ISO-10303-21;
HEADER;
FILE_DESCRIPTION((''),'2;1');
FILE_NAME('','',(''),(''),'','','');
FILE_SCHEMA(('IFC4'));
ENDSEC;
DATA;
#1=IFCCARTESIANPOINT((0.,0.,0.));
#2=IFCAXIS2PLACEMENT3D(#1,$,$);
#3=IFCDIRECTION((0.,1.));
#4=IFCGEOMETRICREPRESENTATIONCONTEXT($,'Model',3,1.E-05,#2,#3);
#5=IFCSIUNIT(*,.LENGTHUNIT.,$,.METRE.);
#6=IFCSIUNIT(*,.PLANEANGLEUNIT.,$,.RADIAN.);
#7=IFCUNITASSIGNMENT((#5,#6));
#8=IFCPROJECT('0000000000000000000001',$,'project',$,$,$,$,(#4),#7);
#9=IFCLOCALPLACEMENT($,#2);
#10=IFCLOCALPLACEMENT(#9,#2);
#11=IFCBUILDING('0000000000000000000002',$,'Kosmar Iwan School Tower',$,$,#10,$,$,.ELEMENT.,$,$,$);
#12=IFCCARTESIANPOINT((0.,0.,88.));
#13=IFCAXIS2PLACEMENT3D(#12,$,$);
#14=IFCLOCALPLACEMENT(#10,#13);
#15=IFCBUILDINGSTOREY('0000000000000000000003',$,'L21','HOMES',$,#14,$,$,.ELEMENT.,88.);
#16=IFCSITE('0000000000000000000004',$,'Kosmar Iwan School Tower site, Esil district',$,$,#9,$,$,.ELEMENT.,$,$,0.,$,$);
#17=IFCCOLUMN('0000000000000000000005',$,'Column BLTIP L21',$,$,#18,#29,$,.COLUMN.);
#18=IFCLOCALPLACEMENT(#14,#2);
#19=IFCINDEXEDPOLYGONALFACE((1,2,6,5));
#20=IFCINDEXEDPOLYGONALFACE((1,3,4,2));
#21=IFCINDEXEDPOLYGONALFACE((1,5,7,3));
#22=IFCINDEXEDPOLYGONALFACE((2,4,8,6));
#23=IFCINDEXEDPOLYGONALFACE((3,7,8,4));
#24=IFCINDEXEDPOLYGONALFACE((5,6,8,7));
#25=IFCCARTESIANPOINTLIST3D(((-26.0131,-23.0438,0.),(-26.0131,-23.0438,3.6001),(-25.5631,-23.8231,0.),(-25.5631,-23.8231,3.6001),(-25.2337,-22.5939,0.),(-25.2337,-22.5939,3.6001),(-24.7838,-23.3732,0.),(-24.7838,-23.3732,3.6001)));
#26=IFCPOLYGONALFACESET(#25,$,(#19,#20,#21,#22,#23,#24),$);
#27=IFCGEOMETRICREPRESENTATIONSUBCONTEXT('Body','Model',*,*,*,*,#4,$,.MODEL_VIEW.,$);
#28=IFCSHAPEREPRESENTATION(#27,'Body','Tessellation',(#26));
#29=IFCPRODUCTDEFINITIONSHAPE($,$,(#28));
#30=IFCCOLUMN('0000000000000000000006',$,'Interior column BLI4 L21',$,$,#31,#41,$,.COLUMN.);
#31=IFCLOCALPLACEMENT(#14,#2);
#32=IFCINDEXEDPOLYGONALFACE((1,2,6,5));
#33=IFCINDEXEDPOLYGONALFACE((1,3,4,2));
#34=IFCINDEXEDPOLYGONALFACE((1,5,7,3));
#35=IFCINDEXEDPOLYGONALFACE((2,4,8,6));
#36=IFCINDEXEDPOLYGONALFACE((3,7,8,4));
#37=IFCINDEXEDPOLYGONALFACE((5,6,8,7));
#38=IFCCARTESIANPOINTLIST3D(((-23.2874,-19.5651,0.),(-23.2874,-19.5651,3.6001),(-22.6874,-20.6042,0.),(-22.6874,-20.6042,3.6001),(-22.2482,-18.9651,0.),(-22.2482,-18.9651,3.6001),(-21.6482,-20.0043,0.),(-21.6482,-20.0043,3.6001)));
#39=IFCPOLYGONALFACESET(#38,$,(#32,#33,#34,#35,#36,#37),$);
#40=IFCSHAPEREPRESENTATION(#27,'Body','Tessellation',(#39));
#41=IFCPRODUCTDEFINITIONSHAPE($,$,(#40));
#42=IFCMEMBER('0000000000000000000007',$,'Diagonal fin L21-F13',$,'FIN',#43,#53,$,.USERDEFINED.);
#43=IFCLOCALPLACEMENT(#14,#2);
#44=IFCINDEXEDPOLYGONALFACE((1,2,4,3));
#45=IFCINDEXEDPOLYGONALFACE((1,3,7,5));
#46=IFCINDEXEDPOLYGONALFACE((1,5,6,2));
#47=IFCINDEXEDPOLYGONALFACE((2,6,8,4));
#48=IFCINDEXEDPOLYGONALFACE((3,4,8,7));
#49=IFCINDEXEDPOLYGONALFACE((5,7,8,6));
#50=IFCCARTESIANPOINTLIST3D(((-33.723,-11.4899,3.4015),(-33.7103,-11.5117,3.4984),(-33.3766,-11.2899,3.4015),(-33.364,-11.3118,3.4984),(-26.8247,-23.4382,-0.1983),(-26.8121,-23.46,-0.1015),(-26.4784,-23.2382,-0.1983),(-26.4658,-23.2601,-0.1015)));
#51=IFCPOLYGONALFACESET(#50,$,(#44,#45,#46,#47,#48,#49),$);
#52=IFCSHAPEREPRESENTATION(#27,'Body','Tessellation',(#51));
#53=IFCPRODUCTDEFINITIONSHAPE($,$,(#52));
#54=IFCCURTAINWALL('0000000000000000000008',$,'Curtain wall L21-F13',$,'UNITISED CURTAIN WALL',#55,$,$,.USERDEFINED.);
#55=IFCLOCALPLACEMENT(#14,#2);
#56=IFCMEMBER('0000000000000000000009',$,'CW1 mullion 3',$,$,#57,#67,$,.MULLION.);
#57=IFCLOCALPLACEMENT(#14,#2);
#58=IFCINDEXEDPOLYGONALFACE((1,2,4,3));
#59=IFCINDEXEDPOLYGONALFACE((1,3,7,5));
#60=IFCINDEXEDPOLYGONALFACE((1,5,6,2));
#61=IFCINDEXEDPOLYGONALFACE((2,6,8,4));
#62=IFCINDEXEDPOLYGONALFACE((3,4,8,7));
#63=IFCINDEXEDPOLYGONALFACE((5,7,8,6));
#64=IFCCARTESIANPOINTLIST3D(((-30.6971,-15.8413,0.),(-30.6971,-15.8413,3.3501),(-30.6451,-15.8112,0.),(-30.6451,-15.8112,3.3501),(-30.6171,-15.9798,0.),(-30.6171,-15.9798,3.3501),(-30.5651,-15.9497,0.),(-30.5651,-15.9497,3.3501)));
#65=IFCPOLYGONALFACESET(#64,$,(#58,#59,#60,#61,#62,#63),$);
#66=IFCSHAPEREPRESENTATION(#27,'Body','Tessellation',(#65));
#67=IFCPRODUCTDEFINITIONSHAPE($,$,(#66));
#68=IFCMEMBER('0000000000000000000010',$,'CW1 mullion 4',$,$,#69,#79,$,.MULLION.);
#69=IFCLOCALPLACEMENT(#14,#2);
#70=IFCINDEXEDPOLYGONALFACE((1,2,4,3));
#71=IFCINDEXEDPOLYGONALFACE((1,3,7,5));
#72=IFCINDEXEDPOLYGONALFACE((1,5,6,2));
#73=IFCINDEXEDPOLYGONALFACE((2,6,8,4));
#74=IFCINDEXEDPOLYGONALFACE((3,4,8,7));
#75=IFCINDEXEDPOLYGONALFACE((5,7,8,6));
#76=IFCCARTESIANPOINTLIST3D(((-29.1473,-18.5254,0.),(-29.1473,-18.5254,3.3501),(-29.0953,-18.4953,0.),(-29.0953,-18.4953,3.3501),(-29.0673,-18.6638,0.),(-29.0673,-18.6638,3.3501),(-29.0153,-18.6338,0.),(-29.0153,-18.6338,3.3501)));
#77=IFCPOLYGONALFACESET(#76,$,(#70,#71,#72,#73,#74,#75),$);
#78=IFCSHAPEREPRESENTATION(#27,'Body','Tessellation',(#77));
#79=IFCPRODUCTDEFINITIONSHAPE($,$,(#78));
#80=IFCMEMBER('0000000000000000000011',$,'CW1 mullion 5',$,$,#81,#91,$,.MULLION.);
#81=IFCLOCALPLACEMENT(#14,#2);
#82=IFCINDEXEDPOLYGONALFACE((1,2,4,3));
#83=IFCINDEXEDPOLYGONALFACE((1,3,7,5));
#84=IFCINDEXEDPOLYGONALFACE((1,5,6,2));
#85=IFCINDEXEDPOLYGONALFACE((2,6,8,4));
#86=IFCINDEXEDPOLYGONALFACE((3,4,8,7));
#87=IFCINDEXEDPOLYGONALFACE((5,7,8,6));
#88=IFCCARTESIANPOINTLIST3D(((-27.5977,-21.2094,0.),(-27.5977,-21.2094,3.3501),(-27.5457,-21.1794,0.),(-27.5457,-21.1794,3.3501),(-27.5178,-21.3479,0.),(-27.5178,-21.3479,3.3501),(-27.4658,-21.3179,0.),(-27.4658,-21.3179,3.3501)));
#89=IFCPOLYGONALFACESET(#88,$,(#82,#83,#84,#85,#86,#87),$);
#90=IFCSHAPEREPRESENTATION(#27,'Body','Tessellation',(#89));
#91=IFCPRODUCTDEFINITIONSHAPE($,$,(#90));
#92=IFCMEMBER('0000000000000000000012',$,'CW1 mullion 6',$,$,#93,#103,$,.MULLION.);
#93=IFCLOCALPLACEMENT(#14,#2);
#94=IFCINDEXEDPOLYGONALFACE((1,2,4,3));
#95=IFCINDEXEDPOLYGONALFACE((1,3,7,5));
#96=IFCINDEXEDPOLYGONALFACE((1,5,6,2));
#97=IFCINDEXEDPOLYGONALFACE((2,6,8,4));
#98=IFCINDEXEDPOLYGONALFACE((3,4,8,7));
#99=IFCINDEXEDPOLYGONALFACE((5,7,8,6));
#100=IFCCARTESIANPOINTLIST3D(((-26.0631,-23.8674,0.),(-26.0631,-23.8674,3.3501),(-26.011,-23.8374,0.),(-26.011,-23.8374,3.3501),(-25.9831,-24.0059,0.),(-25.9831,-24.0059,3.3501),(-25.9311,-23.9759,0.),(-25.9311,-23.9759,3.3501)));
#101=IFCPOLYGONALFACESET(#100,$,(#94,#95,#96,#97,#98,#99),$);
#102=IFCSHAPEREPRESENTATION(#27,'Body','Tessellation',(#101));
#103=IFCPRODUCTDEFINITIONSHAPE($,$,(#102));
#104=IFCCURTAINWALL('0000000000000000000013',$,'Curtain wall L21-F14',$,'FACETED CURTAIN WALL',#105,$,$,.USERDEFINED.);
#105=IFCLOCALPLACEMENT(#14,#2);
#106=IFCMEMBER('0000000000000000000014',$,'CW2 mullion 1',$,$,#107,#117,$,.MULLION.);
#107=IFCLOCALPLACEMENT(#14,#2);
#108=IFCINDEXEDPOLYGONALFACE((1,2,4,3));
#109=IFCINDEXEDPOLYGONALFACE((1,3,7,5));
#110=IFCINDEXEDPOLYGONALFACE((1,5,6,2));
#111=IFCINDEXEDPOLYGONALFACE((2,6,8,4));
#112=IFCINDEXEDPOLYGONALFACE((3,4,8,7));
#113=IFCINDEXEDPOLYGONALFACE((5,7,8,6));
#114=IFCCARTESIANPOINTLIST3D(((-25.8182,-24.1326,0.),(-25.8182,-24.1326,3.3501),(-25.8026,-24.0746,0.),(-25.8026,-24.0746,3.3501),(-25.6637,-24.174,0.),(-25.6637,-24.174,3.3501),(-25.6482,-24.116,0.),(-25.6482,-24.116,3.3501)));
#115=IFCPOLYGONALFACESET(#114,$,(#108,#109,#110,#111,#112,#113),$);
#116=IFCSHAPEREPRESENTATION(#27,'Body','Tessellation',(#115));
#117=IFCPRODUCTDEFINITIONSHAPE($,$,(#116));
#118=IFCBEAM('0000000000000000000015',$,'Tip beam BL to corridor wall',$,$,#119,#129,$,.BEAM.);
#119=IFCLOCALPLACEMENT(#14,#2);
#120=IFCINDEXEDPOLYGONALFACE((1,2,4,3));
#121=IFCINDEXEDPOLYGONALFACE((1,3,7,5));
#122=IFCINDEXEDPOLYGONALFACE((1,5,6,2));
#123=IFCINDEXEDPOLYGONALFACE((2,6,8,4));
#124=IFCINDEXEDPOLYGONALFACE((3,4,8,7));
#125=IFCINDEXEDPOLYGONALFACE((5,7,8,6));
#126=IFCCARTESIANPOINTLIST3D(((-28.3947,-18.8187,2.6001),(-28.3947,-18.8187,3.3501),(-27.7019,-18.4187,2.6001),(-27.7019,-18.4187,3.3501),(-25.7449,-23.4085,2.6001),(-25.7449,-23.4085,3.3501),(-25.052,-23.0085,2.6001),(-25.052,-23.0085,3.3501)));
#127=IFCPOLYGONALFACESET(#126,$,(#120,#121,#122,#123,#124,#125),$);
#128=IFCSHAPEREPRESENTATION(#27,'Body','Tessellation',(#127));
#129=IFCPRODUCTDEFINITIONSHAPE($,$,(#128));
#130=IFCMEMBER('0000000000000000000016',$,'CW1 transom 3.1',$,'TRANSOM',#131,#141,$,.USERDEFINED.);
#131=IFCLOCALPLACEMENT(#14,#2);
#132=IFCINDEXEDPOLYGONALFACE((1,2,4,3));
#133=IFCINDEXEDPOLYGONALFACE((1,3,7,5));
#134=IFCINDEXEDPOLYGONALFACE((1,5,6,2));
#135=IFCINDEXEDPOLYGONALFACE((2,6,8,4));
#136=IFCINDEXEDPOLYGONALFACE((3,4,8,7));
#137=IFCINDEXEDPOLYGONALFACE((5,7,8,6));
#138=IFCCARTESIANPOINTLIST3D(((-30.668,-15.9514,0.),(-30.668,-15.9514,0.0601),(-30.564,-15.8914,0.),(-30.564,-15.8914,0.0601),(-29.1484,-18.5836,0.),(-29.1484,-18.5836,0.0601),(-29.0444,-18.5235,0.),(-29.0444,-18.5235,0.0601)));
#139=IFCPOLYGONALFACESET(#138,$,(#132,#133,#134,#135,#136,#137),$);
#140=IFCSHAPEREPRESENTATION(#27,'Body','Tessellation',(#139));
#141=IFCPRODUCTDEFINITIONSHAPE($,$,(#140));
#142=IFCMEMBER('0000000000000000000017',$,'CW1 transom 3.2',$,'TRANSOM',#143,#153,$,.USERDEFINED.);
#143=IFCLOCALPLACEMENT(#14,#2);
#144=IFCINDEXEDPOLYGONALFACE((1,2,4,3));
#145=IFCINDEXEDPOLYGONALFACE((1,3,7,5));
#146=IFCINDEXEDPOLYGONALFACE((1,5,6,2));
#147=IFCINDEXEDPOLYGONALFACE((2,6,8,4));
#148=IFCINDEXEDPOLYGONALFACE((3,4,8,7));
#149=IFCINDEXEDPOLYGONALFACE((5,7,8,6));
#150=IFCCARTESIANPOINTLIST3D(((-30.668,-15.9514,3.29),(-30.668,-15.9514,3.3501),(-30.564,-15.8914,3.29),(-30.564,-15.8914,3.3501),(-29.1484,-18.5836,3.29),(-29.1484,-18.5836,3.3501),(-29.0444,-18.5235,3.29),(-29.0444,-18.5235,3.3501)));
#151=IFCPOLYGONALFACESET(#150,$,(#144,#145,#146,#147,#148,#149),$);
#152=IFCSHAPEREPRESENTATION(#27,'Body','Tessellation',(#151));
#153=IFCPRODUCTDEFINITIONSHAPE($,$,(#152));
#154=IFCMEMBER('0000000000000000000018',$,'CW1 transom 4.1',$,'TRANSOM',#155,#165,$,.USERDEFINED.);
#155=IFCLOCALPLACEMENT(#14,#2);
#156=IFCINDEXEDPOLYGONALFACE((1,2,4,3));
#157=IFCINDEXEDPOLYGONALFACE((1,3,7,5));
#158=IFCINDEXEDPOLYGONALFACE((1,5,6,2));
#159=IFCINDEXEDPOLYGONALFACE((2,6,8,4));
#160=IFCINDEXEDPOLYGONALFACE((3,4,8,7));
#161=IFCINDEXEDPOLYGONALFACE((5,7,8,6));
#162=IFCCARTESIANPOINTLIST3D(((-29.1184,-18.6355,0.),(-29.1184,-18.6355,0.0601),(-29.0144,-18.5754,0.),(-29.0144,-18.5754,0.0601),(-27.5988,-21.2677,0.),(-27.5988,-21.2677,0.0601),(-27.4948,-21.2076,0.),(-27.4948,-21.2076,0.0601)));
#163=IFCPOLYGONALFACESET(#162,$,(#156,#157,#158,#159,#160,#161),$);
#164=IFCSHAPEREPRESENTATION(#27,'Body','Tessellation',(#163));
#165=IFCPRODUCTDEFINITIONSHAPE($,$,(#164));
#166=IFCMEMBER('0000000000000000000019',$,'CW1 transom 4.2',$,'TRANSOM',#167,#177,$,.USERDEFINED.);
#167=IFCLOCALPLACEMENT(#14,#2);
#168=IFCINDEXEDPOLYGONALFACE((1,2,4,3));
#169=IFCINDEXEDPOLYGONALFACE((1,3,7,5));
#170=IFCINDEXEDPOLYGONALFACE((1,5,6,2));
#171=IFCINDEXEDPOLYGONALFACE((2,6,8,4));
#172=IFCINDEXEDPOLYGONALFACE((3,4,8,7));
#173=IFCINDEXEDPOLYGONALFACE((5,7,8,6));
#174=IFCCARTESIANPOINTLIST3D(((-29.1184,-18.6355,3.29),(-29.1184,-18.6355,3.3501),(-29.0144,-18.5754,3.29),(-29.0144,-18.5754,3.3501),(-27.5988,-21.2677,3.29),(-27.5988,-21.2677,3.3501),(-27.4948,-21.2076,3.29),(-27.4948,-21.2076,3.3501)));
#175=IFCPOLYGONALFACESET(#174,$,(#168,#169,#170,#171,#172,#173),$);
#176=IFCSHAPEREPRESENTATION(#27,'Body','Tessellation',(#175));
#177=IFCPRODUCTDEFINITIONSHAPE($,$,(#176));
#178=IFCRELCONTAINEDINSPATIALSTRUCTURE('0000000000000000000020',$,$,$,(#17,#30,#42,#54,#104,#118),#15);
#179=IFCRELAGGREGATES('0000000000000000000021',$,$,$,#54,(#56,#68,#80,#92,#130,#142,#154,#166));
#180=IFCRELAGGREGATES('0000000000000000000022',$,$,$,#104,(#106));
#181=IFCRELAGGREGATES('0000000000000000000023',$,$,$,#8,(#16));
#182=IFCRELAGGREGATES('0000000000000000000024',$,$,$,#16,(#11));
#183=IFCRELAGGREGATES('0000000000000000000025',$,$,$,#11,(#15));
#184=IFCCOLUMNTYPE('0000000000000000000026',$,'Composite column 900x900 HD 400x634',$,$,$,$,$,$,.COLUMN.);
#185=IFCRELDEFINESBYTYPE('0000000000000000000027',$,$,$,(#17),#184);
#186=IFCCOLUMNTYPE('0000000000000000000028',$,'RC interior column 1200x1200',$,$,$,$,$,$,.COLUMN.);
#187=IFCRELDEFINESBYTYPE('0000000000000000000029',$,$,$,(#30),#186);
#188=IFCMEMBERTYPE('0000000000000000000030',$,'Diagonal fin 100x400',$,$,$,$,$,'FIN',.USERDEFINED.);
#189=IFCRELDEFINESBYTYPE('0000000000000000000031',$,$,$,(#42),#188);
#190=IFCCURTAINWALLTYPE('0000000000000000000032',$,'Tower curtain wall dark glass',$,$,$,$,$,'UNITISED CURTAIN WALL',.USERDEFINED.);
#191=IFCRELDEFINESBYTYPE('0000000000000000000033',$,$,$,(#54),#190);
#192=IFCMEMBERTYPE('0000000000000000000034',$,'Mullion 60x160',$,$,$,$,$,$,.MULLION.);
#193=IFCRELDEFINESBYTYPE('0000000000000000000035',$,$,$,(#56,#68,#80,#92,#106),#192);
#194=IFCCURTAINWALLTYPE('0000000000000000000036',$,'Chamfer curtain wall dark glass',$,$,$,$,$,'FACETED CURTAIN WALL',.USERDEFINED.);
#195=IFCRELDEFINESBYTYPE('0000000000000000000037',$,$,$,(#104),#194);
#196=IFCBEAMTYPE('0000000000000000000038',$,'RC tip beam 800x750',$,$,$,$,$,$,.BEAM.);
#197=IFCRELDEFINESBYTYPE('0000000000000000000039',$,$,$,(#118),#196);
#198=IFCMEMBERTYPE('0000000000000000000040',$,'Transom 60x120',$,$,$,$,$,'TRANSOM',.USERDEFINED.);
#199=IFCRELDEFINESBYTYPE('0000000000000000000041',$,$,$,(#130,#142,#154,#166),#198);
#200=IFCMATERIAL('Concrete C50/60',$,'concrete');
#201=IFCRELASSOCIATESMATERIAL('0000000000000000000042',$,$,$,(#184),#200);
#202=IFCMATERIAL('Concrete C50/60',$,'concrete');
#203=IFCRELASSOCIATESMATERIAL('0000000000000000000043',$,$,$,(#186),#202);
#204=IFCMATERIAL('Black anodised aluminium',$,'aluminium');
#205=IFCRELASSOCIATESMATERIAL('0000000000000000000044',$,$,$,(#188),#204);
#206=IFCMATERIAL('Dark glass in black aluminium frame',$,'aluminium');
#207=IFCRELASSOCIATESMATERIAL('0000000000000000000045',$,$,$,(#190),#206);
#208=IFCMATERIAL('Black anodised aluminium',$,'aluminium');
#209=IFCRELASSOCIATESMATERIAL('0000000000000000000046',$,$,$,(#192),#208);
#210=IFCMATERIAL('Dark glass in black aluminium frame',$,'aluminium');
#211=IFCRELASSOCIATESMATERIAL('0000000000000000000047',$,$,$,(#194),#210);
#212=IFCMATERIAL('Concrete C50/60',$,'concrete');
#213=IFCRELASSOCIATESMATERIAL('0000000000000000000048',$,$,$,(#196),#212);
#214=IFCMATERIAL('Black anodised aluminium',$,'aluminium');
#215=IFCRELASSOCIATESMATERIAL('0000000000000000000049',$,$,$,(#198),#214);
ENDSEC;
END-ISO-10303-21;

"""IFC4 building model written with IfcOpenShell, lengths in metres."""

from ifc_helpers import new_model, si_unit, direction, frame, origin, origin_2d, place, context, subcontext, project, spatial, rectangle, extrude, material, material_profile, profile_set, type_object, element, aggregate, save


model = new_model("IFC4")

# Units and contexts
model_context = context("Model", 3, precision=1e-05, world=origin(), true_north=direction((0.0, 1.0)))
body_context = subcontext(model_context, "Body", "Model", "MODEL_VIEW")
ifc_project = project(units=[si_unit("LENGTHUNIT", "METRE"), si_unit("PLANEANGLEUNIT", "RADIAN")], contexts=[model_context])

# Site, building, storey
site_placement = place(None, origin())
site = spatial("IfcSite", under=ifc_project, at=site_placement, Name="Kosmar Iwan School Tower site, Esil district", CompositionType="ELEMENT", RefElevation=0.0)
building_placement = place(site_placement, origin())
building = spatial("IfcBuilding", under=site, at=building_placement, Name="Kosmar Iwan School Tower", CompositionType="ELEMENT")
storey_placement = place(building_placement, frame((0.0, 0.0, 88.0)))
storey = spatial("IfcBuildingStorey", under=building, at=storey_placement, Name="L21", Description="HOMES", CompositionType="ELEMENT", Elevation=88.0)

# Columns
ifc_material_1 = material(Name="Concrete C50/60", Category="concrete")
ifc_material_profile_1 = material_profile(ifc_material_1, rectangle(XDim=0.8999, YDim=0.8999, at=origin_2d()), Name="RC 900x900 + HD 400x634")
ifc_profile_set_1 = profile_set([ifc_material_profile_1], Name="Concrete C50/60")
column_type_1 = type_object("IfcColumnType", Name="Composite column 900x900 HD 400x634", PredefinedType="COLUMN", material=ifc_profile_set_1)
column_1_placement = place(storey_placement, frame((-25.3984, -23.2085, 0.0), z_axis=(0.0, 0.0, 1.0), x_axis=(-0.866025, -0.5, 0.0)))
element("IfcColumn", 1, at=column_1_placement, inside=storey, type_object=column_type_1, Name="Column BLTIP L21", PredefinedType="COLUMN", context=body_context, shape_type="SweptSolid", body=[
    extrude(rectangle(XDim=0.8999, YDim=0.8999, at=origin_2d()), origin(), (0.0, 0.0, 1.0), 3.6001),
])
ifc_material_2 = material(Name="Concrete C50/60", Category="concrete")
ifc_material_profile_2 = material_profile(ifc_material_2, rectangle(XDim=1.2, YDim=1.2, at=origin_2d()), Name="RC 1200x1200")
ifc_profile_set_2 = profile_set([ifc_material_profile_2], Name="Concrete C50/60")
column_type_2 = type_object("IfcColumnType", Name="RC interior column 1200x1200", PredefinedType="COLUMN", material=ifc_profile_set_2)
column_2_placement = place(storey_placement, frame((-22.4678, -19.7847, 0.0), z_axis=(0.0, 0.0, 1.0), x_axis=(-0.866025, -0.5, 0.0)))
element("IfcColumn", 2, at=column_2_placement, inside=storey, type_object=column_type_2, Name="Interior column BLI4 L21", PredefinedType="COLUMN", context=body_context, shape_type="SweptSolid", body=[
    extrude(rectangle(XDim=1.2, YDim=1.2, at=origin_2d()), origin(), (0.0, 0.0, 1.0), 3.6001),
])

# Member
ifc_material_3 = material(Name="Black anodised aluminium", Category="aluminium")
ifc_material_profile_3 = material_profile(ifc_material_3, rectangle(XDim=0.1001, YDim=0.3999, at=origin_2d()), Name="FIN 100x400")
ifc_profile_set_3 = profile_set([ifc_material_profile_3], Name="Black anodised aluminium")
member_type_1 = type_object("IfcMemberType", Name="Diagonal fin 100x400", ElementType="FIN", PredefinedType="USERDEFINED", material=ifc_profile_set_3)
member_1_placement = place(storey_placement, frame((-26.6453, -23.3491, -0.1499), z_axis=(-0.483796, 0.837974, 0.252471), x_axis=(0.126234, -0.218647, 0.967604)))
element("IfcMember", 3, at=member_1_placement, inside=storey, type_object=member_type_1, Name="Diagonal fin L21-F13", ObjectType="FIN", PredefinedType="USERDEFINED", context=body_context, shape_type="SweptSolid", body=[
    extrude(rectangle(XDim=0.1001, YDim=0.3999, at=origin_2d()), origin(), (0.0, 0.0, 1.0), 14.2585),
])

# Curtain wall, members
ifc_material_4 = material(Name="Dark glass in black aluminium frame", Category="aluminium")
curtain_wall_type_1 = type_object("IfcCurtainWallType", Name="Tower curtain wall dark glass", ElementType="UNITISED CURTAIN WALL", PredefinedType="USERDEFINED", material=ifc_material_4)
curtain_wall_1_placement = place(storey_placement, origin())
curtain_wall_1 = element("IfcCurtainWall", 4, at=curtain_wall_1_placement, inside=storey, type_object=curtain_wall_type_1, Name="Curtain wall L21-F13", ObjectType="UNITISED CURTAIN WALL", PredefinedType="USERDEFINED")
ifc_material_5 = material(Name="Black anodised aluminium", Category="aluminium")
ifc_material_profile_4 = material_profile(ifc_material_5, rectangle(XDim=0.0601, YDim=0.1599, at=origin_2d()), Name="MULLION 60x160")
ifc_profile_set_4 = profile_set([ifc_material_profile_4], Name="Black anodised aluminium")
member_type_2 = type_object("IfcMemberType", Name="Mullion 60x160", PredefinedType="MULLION", material=ifc_profile_set_4)
member_2_placement = place(storey_placement, frame((-30.6311, -15.8955, 0.0), z_axis=(0.0, 0.0, 1.0), x_axis=(0.866025, 0.5, 0.0)))
member_2 = element("IfcMember", 5, at=member_2_placement, type_object=member_type_2, Name="CW1 mullion 3", PredefinedType="MULLION", context=body_context, shape_type="SweptSolid", body=[
    extrude(rectangle(XDim=0.0601, YDim=0.1599, at=origin_2d()), origin(), (0.0, 0.0, 1.0), 3.3501),
])
member_3_placement = place(storey_placement, frame((-29.0813, -18.5796, 0.0), z_axis=(0.0, 0.0, 1.0), x_axis=(0.866025, 0.5, 0.0)))
member_3 = element("IfcMember", 6, at=member_3_placement, type_object=member_type_2, Name="CW1 mullion 4", PredefinedType="MULLION", context=body_context, shape_type="SweptSolid", body=[
    extrude(rectangle(XDim=0.0601, YDim=0.1599, at=origin_2d()), origin(), (0.0, 0.0, 1.0), 3.3501),
])
member_4_placement = place(storey_placement, frame((-27.5317, -21.2637, 0.0), z_axis=(0.0, 0.0, 1.0), x_axis=(0.866025, 0.5, 0.0)))
member_4 = element("IfcMember", 7, at=member_4_placement, type_object=member_type_2, Name="CW1 mullion 5", PredefinedType="MULLION", context=body_context, shape_type="SweptSolid", body=[
    extrude(rectangle(XDim=0.0601, YDim=0.1599, at=origin_2d()), origin(), (0.0, 0.0, 1.0), 3.3501),
])
member_5_placement = place(storey_placement, frame((-25.9971, -23.9216, 0.0), z_axis=(0.0, 0.0, 1.0), x_axis=(0.866025, 0.5, 0.0)))
member_5 = element("IfcMember", 8, at=member_5_placement, type_object=member_type_2, Name="CW1 mullion 6", PredefinedType="MULLION", context=body_context, shape_type="SweptSolid", body=[
    extrude(rectangle(XDim=0.0601, YDim=0.1599, at=origin_2d()), origin(), (0.0, 0.0, 1.0), 3.3501),
])

# Curtain wall, member
ifc_material_6 = material(Name="Dark glass in black aluminium frame", Category="aluminium")
curtain_wall_type_2 = type_object("IfcCurtainWallType", Name="Chamfer curtain wall dark glass", ElementType="FACETED CURTAIN WALL", PredefinedType="USERDEFINED", material=ifc_material_6)
curtain_wall_2_placement = place(storey_placement, origin())
curtain_wall_2 = element("IfcCurtainWall", 9, at=curtain_wall_2_placement, inside=storey, type_object=curtain_wall_type_2, Name="Curtain wall L21-F14", ObjectType="FACETED CURTAIN WALL", PredefinedType="USERDEFINED")
member_6_placement = place(storey_placement, frame((-25.7332, -24.1243, 0.0), z_axis=(0.0, 0.0, 1.0), x_axis=(0.258819, 0.965926, 0.0)))
member_6 = element("IfcMember", 10, at=member_6_placement, type_object=member_type_2, Name="CW2 mullion 1", PredefinedType="MULLION", context=body_context, shape_type="SweptSolid", body=[
    extrude(rectangle(XDim=0.0601, YDim=0.1599, at=origin_2d()), origin(), (0.0, 0.0, 1.0), 3.3501),
])

# Beam
ifc_material_7 = material(Name="Concrete C50/60", Category="concrete")
ifc_material_profile_5 = material_profile(ifc_material_7, rectangle(XDim=0.8, YDim=0.75, at=origin_2d()), Name="RC 800x750")
ifc_profile_set_5 = profile_set([ifc_material_profile_5], Name="Concrete C50/60")
beam_type = type_object("IfcBeamType", Name="RC tip beam 800x750", PredefinedType="BEAM", material=ifc_profile_set_5)
beam_placement = place(storey_placement, frame((-25.3984, -23.2085, 2.9751), z_axis=(-0.499994, 0.866029, 0.0), x_axis=(-0.866029, -0.499994, 0.0)))
element("IfcBeam", 11, at=beam_placement, inside=storey, type_object=beam_type, Name="Tip beam BL to corridor wall", PredefinedType="BEAM", context=body_context, shape_type="SweptSolid", body=[
    extrude(rectangle(XDim=0.8, YDim=0.75, at=origin_2d()), origin(), (0.0, 0.0, 1.0), 5.2998),
])

# Members
ifc_material_8 = material(Name="Black anodised aluminium", Category="aluminium")
ifc_material_profile_6 = material_profile(ifc_material_8, rectangle(XDim=0.1201, YDim=0.0601, at=origin_2d()), Name="TRANSOM 60x120")
ifc_profile_set_6 = profile_set([ifc_material_profile_6], Name="Black anodised aluminium")
member_type_3 = type_object("IfcMemberType", Name="Transom 60x120", ElementType="TRANSOM", PredefinedType="USERDEFINED", material=ifc_profile_set_6)
member_7_placement = place(storey_placement, frame((-30.616, -15.9214, 0.03), z_axis=(0.499975, -0.86604, 0.0), x_axis=(0.86604, 0.499975, 0.0)))
member_7 = element("IfcMember", 12, at=member_7_placement, type_object=member_type_3, Name="CW1 transom 3.1", ObjectType="TRANSOM", PredefinedType="USERDEFINED", context=body_context, shape_type="SweptSolid", body=[
    extrude(rectangle(XDim=0.1201, YDim=0.0601, at=origin_2d()), origin(), (0.0, 0.0, 1.0), 3.0393),
])
member_8_placement = place(storey_placement, frame((-30.616, -15.9214, 3.3201), z_axis=(0.499975, -0.86604, 0.0), x_axis=(0.86604, 0.499975, 0.0)))
member_8 = element("IfcMember", 13, at=member_8_placement, type_object=member_type_3, Name="CW1 transom 3.2", ObjectType="TRANSOM", PredefinedType="USERDEFINED", context=body_context, shape_type="SweptSolid", body=[
    extrude(rectangle(XDim=0.1201, YDim=0.0601, at=origin_2d()), origin(), (0.0, 0.0, 1.0), 3.0393),
])
member_9_placement = place(storey_placement, frame((-29.0664, -18.6055, 0.03), z_axis=(0.499975, -0.86604, 0.0), x_axis=(0.86604, 0.499975, 0.0)))
member_9 = element("IfcMember", 14, at=member_9_placement, type_object=member_type_3, Name="CW1 transom 4.1", ObjectType="TRANSOM", PredefinedType="USERDEFINED", context=body_context, shape_type="SweptSolid", body=[
    extrude(rectangle(XDim=0.1201, YDim=0.0601, at=origin_2d()), origin(), (0.0, 0.0, 1.0), 3.0393),
])
member_10_placement = place(storey_placement, frame((-29.0664, -18.6055, 3.3201), z_axis=(0.499975, -0.86604, 0.0), x_axis=(0.86604, 0.499975, 0.0)))
member_10 = element("IfcMember", 15, at=member_10_placement, type_object=member_type_3, Name="CW1 transom 4.2", ObjectType="TRANSOM", PredefinedType="USERDEFINED", context=body_context, shape_type="SweptSolid", body=[
    extrude(rectangle(XDim=0.1201, YDim=0.0601, at=origin_2d()), origin(), (0.0, 0.0, 1.0), 3.0393),
])

aggregate(curtain_wall_1, [member_2, member_3, member_4, member_5, member_7, member_8, member_9, member_10])
aggregate(curtain_wall_2, [member_6])

save(model, "model.ifc")
